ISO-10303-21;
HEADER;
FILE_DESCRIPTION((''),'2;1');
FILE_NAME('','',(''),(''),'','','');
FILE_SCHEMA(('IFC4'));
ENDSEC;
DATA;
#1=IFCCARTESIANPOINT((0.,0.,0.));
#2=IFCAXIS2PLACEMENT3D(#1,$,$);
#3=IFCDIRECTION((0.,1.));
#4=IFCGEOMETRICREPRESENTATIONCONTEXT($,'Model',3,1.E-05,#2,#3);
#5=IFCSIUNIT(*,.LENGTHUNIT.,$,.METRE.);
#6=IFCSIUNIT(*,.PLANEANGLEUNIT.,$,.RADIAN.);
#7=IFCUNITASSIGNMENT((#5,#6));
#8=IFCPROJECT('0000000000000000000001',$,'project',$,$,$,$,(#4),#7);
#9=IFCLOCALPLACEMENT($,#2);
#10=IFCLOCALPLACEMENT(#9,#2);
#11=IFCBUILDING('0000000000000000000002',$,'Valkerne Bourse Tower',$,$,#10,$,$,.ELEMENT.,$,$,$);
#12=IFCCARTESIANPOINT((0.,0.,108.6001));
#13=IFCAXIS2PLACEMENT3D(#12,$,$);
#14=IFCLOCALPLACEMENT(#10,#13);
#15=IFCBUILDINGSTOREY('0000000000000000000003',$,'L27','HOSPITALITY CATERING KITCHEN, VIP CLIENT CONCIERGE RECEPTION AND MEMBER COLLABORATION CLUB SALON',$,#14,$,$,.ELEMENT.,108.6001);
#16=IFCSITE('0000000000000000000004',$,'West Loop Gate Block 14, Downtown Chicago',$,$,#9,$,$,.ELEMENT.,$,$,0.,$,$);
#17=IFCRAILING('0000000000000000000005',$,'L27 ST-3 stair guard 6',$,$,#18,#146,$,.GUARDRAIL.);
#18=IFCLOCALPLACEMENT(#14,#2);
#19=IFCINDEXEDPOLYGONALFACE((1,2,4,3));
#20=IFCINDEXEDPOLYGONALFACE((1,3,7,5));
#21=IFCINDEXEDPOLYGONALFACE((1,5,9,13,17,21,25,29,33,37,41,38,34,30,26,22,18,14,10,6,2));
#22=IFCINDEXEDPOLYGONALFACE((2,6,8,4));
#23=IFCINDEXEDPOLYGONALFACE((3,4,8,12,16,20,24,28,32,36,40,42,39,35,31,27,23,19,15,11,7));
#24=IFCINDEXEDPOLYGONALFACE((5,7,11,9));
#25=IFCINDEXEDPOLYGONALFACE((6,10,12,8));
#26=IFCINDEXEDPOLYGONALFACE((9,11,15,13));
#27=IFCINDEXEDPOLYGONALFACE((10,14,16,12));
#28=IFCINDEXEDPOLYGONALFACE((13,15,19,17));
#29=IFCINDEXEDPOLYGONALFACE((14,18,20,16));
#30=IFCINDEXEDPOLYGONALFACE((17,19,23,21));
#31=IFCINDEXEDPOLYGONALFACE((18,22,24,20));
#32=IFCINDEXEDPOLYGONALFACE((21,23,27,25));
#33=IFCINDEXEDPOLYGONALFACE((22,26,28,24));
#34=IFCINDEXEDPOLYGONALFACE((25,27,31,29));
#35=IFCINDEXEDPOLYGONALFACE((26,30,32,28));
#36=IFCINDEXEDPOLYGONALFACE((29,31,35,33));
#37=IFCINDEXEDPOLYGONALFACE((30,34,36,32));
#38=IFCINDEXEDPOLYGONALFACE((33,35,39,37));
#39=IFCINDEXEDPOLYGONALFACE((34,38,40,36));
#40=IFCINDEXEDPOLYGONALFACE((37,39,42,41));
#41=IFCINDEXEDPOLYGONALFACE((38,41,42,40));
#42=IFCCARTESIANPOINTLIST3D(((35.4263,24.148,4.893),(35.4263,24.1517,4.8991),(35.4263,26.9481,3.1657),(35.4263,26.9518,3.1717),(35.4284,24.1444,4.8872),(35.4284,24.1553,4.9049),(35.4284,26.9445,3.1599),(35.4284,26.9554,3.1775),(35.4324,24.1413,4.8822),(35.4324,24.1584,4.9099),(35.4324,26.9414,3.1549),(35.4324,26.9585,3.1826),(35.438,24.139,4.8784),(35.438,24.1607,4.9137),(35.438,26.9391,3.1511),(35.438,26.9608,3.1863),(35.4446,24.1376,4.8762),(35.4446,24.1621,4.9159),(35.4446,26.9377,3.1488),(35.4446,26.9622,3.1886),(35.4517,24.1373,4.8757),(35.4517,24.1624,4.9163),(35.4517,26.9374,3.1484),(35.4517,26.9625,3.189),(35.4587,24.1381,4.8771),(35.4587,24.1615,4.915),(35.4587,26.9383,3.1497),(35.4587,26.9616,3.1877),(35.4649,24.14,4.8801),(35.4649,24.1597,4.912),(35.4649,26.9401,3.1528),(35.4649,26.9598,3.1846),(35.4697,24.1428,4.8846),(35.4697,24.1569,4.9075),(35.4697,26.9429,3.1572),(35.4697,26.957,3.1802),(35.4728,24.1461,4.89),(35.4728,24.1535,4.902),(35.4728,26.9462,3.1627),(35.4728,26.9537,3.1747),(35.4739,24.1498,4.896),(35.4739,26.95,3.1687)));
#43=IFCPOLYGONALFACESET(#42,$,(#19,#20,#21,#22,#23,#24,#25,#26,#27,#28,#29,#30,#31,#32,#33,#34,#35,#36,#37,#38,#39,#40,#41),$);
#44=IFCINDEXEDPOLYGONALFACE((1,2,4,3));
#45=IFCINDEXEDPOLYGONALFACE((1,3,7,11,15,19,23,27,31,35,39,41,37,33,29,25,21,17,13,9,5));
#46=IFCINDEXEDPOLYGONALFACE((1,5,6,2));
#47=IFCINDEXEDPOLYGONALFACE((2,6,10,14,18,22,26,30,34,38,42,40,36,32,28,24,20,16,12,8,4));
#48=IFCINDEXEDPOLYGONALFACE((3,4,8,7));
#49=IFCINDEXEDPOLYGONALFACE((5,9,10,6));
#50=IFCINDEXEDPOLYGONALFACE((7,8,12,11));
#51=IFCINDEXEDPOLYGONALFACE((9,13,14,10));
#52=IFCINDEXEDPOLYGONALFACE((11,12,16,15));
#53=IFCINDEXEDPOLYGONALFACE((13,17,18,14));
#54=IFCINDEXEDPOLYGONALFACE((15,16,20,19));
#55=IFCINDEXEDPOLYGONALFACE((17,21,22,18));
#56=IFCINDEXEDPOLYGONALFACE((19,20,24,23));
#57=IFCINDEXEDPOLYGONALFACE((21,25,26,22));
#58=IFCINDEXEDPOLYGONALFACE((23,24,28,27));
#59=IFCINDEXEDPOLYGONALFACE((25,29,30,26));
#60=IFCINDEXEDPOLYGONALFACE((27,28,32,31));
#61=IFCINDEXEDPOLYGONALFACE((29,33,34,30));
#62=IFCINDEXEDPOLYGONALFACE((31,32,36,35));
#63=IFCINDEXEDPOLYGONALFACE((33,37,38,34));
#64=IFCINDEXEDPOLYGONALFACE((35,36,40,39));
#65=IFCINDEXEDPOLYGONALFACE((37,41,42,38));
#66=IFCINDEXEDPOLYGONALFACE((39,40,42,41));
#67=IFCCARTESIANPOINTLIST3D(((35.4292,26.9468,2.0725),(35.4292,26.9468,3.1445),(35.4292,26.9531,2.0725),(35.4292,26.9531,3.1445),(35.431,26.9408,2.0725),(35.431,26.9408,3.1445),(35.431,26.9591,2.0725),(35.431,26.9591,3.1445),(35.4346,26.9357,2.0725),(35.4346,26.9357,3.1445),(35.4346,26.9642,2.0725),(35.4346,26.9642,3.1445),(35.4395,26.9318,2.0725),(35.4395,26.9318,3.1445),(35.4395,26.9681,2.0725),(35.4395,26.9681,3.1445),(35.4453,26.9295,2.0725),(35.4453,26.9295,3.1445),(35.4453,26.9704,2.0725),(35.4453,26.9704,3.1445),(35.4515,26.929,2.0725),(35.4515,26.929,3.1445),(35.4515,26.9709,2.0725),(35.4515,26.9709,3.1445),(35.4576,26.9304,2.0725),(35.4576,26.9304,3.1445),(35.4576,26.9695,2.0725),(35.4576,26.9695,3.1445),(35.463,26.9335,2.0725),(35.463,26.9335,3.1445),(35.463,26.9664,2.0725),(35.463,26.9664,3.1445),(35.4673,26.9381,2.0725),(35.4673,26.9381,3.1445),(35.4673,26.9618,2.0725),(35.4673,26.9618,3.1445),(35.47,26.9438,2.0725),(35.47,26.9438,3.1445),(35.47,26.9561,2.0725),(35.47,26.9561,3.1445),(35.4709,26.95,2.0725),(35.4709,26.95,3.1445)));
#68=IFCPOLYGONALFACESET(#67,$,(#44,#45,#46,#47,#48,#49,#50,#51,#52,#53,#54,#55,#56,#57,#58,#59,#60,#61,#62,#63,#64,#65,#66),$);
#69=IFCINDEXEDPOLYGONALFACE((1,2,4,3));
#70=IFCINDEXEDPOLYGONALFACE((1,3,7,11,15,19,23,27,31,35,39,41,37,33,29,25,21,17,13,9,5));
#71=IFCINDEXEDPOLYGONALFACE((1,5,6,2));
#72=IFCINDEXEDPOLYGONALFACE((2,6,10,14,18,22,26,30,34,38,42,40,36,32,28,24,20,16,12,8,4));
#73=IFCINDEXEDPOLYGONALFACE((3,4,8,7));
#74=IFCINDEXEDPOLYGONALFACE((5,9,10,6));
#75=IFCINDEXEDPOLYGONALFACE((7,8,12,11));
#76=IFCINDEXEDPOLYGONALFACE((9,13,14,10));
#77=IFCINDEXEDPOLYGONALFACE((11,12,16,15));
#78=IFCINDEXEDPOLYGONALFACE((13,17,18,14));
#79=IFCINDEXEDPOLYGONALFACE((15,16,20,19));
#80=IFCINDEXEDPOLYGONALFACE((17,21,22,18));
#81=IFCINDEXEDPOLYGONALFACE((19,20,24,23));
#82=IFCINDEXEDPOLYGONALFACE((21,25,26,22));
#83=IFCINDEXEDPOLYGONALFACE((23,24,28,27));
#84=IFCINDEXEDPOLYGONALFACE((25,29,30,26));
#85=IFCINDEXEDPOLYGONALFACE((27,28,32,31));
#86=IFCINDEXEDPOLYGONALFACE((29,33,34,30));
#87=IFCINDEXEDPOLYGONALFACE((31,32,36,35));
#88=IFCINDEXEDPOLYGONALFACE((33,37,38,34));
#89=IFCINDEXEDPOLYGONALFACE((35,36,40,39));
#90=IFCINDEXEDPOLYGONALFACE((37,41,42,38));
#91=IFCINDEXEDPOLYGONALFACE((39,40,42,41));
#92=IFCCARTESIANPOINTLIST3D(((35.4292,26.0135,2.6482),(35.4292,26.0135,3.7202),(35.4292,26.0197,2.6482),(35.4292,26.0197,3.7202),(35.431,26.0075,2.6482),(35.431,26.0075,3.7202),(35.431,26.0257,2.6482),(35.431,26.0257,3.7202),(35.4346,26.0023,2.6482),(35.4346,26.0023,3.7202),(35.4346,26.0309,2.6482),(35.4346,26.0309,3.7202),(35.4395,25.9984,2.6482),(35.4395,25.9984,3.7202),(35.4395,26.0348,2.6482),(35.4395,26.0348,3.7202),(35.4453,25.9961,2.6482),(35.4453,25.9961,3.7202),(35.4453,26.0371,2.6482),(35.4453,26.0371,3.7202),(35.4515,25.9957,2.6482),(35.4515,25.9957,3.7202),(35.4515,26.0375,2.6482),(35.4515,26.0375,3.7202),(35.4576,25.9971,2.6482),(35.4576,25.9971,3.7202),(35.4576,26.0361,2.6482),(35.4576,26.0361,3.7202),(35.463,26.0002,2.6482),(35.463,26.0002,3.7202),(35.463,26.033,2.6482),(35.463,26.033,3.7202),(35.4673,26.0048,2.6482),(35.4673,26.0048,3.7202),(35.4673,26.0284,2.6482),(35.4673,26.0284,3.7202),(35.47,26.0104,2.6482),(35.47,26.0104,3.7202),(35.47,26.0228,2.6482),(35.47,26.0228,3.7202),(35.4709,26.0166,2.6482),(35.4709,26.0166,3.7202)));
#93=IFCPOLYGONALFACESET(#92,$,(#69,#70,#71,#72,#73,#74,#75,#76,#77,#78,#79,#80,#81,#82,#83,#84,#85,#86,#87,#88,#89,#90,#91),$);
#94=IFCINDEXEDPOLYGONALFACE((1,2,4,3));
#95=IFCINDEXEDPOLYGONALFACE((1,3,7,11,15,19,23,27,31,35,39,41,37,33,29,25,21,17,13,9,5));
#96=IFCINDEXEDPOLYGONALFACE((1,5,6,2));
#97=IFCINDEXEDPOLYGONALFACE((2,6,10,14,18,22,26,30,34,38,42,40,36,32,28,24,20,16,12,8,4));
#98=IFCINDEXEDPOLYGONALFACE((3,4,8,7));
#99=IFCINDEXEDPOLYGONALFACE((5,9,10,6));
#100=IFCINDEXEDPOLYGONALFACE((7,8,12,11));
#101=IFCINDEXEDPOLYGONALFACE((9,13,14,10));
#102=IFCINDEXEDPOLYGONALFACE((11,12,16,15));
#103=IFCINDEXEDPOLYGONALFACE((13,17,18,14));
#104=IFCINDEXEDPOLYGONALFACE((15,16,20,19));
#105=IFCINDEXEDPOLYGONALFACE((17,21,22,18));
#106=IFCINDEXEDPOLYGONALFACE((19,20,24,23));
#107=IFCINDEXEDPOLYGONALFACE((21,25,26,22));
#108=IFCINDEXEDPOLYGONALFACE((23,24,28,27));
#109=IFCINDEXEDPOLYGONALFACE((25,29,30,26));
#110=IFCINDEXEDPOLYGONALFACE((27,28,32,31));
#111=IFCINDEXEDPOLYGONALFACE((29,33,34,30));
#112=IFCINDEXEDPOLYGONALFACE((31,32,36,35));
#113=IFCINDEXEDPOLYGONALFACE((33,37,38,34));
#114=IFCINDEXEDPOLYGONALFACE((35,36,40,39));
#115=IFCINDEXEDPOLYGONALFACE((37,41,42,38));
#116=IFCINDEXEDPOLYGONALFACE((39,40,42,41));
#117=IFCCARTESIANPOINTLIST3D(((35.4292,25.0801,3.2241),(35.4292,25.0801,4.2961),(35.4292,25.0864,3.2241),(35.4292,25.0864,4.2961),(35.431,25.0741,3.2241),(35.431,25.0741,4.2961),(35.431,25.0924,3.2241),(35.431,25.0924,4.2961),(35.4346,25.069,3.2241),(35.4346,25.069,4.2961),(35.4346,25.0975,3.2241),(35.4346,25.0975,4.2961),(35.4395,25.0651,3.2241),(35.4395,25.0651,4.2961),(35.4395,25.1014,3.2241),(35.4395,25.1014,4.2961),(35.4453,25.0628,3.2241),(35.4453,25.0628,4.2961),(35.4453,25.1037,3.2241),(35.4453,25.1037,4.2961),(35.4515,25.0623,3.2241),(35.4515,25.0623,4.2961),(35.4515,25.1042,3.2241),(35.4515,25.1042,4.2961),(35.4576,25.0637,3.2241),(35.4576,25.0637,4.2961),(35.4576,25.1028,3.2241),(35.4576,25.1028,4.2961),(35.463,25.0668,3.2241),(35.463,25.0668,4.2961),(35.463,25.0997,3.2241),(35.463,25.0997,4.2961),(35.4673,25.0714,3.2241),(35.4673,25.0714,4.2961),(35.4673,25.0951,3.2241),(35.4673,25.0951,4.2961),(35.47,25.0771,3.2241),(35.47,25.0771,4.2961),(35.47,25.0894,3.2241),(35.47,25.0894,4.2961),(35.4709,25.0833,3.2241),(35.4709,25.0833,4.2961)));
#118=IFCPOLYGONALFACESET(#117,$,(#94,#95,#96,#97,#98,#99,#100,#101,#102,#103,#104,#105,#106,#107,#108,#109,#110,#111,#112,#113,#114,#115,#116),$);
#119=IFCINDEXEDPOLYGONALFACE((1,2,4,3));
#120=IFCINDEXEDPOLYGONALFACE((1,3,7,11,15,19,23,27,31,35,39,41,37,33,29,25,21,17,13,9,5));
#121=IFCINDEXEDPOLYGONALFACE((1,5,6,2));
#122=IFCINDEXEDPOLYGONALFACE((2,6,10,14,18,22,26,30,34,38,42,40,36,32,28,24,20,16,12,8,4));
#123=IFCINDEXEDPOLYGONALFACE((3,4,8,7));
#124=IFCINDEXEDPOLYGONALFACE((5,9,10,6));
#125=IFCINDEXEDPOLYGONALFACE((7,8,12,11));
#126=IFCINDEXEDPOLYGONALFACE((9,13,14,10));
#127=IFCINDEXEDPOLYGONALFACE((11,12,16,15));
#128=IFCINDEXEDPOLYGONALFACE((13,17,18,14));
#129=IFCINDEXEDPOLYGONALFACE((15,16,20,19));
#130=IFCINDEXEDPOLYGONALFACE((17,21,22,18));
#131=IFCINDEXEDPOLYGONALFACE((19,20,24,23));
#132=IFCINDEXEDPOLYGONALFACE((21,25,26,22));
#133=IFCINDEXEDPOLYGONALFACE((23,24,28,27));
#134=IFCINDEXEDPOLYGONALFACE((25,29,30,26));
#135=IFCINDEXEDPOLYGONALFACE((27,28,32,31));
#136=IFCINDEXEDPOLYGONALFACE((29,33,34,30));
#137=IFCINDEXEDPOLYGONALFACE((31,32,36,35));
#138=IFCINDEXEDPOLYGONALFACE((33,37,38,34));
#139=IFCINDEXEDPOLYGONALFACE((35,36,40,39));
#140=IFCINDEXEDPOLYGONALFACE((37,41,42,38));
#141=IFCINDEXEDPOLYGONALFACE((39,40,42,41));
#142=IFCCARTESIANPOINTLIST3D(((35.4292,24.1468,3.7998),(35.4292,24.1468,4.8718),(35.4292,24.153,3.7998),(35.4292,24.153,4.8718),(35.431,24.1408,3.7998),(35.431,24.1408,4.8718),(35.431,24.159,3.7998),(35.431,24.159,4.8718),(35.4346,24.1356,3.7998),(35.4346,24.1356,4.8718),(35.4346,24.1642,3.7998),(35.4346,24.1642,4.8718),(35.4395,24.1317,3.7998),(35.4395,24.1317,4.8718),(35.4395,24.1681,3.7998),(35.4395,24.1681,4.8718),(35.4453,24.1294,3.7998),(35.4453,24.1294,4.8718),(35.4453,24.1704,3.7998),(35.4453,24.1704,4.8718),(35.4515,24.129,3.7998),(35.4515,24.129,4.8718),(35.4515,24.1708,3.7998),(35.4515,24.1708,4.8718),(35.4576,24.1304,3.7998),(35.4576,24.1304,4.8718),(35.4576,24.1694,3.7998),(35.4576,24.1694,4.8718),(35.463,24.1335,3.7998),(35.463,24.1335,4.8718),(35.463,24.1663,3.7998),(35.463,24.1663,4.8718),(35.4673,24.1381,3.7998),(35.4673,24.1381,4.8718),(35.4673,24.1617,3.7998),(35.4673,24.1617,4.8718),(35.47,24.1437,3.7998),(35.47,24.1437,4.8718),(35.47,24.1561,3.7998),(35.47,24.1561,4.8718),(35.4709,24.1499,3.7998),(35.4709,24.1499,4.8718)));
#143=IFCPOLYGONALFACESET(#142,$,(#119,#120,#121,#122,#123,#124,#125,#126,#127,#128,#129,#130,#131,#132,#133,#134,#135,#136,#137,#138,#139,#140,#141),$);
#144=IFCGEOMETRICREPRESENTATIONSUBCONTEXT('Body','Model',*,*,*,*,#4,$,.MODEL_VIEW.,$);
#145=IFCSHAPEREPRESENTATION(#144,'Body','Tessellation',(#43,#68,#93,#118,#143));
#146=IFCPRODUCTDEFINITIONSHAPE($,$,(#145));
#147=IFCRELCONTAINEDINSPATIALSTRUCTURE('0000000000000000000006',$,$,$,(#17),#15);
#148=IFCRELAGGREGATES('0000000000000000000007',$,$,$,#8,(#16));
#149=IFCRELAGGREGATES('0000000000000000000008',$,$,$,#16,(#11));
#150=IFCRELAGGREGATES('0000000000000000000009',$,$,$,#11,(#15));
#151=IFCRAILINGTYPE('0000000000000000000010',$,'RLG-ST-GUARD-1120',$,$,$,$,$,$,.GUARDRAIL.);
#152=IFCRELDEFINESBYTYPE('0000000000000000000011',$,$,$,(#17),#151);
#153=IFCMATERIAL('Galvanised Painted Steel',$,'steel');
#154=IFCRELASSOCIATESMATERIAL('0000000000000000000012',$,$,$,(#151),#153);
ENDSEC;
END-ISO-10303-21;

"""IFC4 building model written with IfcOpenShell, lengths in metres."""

from ifc_helpers import new_model, si_unit, direction, frame, origin, origin_2d, place, context, subcontext, project, spatial, circle, extrude, material, type_object, element, save


model = new_model("IFC4")

# Units and contexts
model_context = context("Model", 3, precision=1e-05, world=origin(), true_north=direction((0.0, 1.0)))
body_context = subcontext(model_context, "Body", "Model", "MODEL_VIEW")
ifc_project = project(units=[si_unit("LENGTHUNIT", "METRE"), si_unit("PLANEANGLEUNIT", "RADIAN")], contexts=[model_context])

# Site, building, storey
site_placement = place(None, origin())
site = spatial("IfcSite", under=ifc_project, at=site_placement, Name="West Loop Gate Block 14, Downtown Chicago", CompositionType="ELEMENT", RefElevation=0.0)
building_placement = place(site_placement, origin())
building = spatial("IfcBuilding", under=site, at=building_placement, Name="Valkerne Bourse Tower", CompositionType="ELEMENT")
storey_placement = place(building_placement, frame((0.0, 0.0, 108.6001)))
storey = spatial("IfcBuildingStorey", under=building, at=storey_placement, Name="L27", Description="HOSPITALITY CATERING KITCHEN, VIP CLIENT CONCIERGE RECEPTION AND MEMBER COLLABORATION CLUB SALON", CompositionType="ELEMENT", Elevation=108.6001)

# Railing
ifc_material_1 = material(Name="Galvanised Painted Steel", Category="steel")
railing_type_1 = type_object("IfcRailingType", Name="RLG-ST-GUARD-1120", PredefinedType="GUARDRAIL", material=ifc_material_1)
railing_1_placement = place(storey_placement, frame((35.45, 26.95, 2.0725)))
element("IfcRailing", 1, at=railing_1_placement, inside=storey, type_object=railing_type_1, Name="L27 ST-3 stair guard 6", PredefinedType="GUARDRAIL", context=body_context, shape_type="SweptSolid", body=[
    extrude(circle(Radius=0.0239, at=origin_2d()), frame((0.0, 0.0, 1.0962), z_axis=(0.0, -0.85109, 0.52502), x_axis=(1.0, 0.0, 0.0)), (0.0, 0.0, 1.0), 3.29),
    extrude(circle(Radius=0.021, at=origin_2d()), origin(), (0.0, 0.0, 1.0), 1.072),
    extrude(circle(Radius=0.021, at=origin_2d()), frame((0.0, -0.9333, 0.5757)), (0.0, 0.0, 1.0), 1.072),
    extrude(circle(Radius=0.021, at=origin_2d()), frame((0.0, -1.8667, 1.1516)), (0.0, 0.0, 1.0), 1.072),
    extrude(circle(Radius=0.021, at=origin_2d()), frame((0.0, -2.8, 1.7273)), (0.0, 0.0, 1.0), 1.072),
])

save(model, "model.ifc")
